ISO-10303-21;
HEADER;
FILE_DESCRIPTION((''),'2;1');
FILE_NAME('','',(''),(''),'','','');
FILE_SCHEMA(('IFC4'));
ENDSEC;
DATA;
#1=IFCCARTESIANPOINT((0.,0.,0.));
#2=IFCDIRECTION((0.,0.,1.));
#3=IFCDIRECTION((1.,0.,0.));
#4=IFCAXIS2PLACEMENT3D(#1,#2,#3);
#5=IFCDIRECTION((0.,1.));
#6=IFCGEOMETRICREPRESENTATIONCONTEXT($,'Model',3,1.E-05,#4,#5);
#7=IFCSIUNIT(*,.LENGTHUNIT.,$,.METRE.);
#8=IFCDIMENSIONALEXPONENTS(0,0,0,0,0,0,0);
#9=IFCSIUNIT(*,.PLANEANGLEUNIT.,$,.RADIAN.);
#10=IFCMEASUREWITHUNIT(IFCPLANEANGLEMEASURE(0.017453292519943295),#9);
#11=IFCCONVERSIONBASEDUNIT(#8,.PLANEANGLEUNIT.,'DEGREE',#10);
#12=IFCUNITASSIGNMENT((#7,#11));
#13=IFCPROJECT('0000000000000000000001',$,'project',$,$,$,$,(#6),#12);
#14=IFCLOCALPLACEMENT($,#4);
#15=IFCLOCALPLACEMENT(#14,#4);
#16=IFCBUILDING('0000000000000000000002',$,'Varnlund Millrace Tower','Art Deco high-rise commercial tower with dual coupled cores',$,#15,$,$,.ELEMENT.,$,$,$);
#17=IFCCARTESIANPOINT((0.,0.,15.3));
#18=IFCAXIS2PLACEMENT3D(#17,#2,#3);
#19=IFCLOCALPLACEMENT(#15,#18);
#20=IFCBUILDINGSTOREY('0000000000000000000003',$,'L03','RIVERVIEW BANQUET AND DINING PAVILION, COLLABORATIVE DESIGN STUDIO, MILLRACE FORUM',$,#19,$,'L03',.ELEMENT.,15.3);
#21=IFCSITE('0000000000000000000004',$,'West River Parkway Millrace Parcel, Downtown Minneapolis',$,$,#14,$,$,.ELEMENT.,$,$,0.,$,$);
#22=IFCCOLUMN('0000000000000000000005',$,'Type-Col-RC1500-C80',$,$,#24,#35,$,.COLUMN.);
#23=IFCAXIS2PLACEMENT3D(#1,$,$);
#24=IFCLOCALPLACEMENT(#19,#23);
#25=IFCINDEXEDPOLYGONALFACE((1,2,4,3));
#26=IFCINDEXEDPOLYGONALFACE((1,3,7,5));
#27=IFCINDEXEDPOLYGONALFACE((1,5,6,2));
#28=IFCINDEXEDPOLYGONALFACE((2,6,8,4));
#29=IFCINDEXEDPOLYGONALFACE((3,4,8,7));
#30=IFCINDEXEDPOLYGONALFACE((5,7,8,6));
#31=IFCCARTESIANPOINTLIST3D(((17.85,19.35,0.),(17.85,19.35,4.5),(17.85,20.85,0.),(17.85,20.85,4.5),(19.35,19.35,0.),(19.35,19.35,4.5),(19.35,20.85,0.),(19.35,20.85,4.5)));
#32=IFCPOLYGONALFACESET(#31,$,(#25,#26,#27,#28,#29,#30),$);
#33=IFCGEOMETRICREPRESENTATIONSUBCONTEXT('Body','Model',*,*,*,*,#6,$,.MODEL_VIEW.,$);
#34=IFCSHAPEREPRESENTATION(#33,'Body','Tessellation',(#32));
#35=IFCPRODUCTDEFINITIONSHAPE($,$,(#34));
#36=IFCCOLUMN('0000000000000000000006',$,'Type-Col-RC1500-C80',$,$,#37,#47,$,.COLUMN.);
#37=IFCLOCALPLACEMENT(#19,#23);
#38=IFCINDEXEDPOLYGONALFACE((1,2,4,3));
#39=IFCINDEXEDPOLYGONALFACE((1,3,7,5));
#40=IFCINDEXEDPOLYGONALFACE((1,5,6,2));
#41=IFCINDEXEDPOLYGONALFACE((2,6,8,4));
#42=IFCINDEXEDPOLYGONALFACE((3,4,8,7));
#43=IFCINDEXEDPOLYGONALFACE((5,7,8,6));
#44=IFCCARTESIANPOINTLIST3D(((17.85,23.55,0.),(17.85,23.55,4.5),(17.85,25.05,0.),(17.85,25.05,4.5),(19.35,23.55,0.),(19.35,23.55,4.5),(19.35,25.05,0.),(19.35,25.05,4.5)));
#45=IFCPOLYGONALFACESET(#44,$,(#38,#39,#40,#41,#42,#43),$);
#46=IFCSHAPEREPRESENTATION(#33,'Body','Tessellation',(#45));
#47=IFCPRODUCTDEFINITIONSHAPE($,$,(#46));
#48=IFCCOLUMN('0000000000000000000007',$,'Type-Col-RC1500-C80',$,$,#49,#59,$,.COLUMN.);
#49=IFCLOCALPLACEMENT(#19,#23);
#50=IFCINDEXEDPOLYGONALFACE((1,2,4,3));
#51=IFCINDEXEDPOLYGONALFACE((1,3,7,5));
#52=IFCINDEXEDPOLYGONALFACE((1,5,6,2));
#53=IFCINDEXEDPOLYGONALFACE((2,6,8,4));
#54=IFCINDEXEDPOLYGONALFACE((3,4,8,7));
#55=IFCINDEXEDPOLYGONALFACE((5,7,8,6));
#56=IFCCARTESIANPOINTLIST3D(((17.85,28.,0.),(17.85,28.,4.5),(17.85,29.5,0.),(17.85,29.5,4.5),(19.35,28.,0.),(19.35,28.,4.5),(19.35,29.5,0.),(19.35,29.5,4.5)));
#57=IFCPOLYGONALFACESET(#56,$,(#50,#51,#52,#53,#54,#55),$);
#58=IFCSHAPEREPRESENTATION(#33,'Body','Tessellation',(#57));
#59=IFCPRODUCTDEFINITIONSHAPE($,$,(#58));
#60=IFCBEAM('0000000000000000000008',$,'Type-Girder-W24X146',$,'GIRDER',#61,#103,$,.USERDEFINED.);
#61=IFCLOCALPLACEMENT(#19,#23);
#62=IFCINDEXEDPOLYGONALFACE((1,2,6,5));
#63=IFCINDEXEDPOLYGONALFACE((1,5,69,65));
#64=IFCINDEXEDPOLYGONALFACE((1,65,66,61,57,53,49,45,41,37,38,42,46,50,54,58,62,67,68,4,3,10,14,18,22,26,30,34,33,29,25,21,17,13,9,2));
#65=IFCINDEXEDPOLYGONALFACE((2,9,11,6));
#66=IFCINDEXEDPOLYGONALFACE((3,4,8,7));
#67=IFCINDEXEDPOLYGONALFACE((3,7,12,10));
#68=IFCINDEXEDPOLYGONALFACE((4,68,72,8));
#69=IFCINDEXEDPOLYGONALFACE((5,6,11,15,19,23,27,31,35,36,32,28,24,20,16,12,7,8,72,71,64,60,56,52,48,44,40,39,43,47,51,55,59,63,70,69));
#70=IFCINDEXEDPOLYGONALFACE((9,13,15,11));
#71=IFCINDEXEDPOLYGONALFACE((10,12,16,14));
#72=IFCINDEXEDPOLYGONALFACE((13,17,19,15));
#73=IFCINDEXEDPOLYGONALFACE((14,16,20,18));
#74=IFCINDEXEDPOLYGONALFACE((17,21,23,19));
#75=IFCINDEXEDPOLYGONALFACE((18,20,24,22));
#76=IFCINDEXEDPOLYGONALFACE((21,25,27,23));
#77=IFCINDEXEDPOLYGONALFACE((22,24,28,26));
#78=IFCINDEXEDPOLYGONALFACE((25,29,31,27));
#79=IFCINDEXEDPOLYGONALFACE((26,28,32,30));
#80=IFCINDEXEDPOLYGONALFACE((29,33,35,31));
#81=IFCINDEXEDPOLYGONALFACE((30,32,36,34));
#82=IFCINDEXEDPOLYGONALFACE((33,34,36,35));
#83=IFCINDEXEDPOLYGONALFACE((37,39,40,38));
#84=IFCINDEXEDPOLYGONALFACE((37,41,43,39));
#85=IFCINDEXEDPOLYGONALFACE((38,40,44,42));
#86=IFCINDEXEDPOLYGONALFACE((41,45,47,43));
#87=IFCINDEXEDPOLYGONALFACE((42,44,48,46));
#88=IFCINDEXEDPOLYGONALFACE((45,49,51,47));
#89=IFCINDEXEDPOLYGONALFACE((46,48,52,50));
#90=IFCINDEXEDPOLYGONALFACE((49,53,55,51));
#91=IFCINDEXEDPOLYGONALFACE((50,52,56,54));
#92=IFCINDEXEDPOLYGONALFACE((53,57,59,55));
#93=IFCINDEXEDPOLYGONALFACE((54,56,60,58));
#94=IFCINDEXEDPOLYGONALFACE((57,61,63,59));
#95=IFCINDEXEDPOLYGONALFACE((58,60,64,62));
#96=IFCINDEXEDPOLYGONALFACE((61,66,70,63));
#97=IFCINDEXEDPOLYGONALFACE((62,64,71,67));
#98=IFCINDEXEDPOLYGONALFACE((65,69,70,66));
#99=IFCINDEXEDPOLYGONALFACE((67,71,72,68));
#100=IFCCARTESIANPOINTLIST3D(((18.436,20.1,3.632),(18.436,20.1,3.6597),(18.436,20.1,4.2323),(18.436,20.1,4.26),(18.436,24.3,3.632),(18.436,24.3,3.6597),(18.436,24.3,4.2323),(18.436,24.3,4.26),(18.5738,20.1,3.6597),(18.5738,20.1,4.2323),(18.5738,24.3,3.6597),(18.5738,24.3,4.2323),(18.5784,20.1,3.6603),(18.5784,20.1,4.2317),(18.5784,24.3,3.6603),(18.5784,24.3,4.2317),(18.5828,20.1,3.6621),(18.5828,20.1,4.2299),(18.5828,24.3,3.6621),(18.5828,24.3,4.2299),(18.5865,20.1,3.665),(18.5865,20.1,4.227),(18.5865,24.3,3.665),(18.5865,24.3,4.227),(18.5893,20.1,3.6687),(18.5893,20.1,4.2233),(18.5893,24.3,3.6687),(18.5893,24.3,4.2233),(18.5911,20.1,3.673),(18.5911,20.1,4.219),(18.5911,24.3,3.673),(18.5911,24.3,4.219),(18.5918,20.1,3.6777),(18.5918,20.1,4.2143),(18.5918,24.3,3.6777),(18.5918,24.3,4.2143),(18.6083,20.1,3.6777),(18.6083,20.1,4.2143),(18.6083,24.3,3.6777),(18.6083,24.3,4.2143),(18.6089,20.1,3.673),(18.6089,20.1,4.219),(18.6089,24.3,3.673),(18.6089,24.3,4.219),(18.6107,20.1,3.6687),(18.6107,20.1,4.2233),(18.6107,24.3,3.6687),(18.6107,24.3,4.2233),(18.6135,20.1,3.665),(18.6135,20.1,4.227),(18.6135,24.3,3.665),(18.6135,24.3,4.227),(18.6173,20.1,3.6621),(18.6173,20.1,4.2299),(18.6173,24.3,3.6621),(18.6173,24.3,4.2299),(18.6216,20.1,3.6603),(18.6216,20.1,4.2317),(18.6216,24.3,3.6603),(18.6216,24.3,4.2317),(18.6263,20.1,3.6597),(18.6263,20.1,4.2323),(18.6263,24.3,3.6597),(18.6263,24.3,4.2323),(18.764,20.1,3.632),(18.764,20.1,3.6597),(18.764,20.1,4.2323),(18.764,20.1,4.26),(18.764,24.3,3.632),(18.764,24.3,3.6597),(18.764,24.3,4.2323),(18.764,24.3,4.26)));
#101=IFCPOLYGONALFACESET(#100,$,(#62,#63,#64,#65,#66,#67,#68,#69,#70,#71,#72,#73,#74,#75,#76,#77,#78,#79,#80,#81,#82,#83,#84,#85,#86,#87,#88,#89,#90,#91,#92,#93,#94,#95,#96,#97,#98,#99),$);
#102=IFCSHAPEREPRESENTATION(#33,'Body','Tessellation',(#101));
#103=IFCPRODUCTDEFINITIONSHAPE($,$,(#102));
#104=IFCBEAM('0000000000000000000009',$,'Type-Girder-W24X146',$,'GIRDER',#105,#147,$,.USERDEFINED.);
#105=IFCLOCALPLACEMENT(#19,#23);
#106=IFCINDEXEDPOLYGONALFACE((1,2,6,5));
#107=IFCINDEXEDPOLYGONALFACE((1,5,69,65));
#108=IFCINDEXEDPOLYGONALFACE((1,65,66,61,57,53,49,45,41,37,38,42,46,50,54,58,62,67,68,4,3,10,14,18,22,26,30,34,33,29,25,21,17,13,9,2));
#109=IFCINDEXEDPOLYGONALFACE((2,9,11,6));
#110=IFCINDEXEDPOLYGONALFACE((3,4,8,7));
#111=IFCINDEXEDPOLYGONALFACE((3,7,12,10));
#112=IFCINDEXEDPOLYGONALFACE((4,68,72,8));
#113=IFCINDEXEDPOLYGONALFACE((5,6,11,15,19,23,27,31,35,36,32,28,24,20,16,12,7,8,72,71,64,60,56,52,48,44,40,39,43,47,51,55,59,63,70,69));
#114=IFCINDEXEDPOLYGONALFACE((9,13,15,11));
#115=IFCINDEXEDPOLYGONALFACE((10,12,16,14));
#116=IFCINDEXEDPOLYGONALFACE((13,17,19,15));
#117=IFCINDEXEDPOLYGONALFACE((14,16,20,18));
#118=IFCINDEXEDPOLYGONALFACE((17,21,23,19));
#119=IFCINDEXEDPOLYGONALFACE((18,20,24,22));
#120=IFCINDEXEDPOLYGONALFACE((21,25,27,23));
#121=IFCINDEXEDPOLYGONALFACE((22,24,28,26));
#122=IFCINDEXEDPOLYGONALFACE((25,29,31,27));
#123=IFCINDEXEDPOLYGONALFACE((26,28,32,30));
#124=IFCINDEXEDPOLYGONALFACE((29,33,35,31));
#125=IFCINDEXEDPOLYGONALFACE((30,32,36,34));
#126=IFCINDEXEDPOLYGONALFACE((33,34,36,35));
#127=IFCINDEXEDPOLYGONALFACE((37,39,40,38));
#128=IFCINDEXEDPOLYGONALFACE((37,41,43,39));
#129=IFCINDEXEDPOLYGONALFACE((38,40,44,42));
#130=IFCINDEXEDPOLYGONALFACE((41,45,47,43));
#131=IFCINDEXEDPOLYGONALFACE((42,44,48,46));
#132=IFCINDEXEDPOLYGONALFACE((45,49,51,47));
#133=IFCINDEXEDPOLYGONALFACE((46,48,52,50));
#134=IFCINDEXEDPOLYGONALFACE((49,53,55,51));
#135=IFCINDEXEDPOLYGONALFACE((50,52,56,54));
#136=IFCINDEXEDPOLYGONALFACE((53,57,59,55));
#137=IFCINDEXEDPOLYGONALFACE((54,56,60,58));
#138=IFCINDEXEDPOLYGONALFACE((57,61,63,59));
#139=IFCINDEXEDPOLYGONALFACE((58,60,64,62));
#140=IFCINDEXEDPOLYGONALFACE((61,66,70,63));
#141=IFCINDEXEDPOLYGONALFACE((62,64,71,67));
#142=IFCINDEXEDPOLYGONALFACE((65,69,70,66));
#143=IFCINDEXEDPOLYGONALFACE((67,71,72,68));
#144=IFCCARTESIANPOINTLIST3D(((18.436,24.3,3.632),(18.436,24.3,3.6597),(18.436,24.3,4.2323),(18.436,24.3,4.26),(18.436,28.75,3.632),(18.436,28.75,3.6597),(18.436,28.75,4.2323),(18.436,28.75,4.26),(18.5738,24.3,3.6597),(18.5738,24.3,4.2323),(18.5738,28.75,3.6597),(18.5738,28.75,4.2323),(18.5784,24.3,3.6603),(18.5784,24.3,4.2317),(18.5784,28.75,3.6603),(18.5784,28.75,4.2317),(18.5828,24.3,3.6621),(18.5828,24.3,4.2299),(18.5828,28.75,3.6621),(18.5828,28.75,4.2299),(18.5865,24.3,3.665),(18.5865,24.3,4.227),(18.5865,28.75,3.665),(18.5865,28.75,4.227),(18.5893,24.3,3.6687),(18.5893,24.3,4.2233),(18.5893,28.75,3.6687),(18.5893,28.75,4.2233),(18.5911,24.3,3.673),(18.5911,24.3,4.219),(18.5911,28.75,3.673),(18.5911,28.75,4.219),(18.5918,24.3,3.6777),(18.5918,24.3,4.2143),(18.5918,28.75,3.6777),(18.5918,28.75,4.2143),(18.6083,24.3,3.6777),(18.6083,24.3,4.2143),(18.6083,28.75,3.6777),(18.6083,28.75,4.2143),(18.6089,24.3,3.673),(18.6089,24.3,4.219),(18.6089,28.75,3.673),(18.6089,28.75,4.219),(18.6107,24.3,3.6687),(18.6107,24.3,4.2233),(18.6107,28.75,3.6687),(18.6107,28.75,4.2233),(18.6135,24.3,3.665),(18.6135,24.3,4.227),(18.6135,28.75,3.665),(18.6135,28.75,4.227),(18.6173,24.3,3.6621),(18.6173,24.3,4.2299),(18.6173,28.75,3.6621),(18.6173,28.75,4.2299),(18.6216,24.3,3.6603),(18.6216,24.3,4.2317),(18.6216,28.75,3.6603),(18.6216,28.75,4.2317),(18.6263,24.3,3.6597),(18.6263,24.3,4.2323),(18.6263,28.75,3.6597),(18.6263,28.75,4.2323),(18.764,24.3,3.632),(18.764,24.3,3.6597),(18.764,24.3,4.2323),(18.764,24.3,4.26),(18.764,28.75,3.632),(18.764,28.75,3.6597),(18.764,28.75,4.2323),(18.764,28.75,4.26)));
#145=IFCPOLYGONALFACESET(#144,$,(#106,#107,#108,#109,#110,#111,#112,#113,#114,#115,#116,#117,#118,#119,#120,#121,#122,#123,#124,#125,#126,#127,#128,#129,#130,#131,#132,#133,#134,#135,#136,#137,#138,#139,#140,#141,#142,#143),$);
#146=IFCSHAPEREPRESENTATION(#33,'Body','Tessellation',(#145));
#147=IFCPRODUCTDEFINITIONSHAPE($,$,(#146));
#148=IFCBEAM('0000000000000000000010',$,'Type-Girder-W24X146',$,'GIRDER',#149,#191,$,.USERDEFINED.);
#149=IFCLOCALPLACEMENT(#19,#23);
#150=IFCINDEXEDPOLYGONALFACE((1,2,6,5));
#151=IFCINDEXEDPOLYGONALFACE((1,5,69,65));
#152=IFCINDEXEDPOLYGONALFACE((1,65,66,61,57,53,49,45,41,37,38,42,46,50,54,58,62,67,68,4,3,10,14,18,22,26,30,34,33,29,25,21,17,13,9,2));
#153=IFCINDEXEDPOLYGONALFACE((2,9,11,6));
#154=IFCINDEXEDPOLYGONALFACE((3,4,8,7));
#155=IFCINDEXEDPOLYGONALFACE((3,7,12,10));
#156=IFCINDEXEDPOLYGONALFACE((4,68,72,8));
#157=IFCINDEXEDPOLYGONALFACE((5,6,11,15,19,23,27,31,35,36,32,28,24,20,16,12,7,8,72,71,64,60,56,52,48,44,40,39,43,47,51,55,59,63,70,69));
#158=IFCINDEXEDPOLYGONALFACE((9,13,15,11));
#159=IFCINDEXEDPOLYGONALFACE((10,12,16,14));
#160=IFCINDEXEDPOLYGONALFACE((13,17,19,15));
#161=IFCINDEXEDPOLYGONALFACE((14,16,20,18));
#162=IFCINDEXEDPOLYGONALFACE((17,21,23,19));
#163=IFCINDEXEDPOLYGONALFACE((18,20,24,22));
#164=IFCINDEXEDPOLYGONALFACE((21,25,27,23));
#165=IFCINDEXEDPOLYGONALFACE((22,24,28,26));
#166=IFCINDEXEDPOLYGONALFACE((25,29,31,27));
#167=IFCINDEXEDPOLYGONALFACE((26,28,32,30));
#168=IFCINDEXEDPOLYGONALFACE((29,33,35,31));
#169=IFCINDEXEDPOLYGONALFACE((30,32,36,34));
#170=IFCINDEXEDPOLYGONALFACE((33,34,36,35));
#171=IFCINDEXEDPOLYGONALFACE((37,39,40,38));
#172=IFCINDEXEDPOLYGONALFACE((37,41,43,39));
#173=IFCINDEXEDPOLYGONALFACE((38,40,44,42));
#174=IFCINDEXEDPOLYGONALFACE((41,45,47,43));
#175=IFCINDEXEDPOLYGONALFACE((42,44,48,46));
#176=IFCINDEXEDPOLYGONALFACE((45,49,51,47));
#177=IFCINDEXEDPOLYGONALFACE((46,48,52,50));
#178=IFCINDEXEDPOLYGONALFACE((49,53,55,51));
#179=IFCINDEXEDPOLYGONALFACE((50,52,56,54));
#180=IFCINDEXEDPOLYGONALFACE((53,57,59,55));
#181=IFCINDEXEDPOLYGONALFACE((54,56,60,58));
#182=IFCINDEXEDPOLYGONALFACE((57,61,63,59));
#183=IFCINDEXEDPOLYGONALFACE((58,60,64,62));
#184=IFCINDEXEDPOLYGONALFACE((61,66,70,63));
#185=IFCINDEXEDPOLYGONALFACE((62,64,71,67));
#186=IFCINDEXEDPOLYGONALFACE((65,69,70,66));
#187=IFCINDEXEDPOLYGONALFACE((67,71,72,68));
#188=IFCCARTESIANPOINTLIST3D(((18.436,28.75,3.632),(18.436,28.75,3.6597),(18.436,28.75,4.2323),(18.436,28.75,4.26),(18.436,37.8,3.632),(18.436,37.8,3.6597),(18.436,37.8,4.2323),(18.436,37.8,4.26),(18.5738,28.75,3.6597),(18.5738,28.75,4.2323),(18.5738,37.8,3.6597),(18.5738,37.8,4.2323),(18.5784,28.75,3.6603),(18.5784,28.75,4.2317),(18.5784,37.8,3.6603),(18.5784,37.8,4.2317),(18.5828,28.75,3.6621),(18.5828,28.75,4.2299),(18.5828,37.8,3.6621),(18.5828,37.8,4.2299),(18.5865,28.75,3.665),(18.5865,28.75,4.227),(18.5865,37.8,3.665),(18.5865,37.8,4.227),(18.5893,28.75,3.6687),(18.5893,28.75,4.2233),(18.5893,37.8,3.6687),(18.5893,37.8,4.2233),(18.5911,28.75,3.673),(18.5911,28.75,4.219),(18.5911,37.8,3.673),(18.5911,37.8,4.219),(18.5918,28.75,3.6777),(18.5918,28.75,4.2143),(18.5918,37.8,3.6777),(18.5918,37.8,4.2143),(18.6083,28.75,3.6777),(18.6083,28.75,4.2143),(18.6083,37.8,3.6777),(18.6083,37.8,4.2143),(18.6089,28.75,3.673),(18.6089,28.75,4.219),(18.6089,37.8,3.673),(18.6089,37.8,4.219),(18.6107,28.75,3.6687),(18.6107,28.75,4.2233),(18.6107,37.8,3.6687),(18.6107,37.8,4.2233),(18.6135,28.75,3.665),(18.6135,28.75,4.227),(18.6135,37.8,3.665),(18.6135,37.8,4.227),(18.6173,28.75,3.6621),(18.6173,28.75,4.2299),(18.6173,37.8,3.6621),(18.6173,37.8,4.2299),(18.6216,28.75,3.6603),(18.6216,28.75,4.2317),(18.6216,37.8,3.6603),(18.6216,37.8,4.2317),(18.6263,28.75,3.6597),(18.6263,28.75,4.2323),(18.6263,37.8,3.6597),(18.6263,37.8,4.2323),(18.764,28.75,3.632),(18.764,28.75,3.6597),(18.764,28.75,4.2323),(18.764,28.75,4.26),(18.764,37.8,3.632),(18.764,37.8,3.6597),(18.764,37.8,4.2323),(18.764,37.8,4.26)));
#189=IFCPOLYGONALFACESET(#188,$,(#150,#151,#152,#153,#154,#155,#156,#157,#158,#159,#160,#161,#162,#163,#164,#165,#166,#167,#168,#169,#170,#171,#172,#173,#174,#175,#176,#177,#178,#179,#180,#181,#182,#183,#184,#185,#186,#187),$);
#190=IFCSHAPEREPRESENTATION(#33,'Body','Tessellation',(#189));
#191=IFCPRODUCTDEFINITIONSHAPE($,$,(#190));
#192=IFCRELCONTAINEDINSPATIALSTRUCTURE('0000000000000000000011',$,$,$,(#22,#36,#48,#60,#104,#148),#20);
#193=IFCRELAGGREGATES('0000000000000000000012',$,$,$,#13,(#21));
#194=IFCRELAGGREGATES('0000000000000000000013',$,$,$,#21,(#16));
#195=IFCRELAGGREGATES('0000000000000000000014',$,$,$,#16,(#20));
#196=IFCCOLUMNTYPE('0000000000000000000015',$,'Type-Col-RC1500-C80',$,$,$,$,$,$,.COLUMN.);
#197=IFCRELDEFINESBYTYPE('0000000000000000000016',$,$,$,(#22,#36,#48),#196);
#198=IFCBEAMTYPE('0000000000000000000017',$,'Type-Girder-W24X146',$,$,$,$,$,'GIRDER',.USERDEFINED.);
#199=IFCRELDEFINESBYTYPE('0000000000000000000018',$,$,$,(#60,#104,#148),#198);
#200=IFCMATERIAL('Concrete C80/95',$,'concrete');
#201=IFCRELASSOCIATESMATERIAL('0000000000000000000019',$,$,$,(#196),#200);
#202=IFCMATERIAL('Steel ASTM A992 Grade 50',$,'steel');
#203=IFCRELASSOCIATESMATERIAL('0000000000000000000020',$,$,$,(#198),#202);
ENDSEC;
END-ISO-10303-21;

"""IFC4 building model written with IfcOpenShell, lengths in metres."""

from ifc_helpers import new_model, entity, si_unit, converted_unit, direction, frame, origin_with_axes, origin_2d_with_axis, place, context, subcontext, project, spatial, rectangle, i_section, extrude, material, material_profile, profile_set, type_object, element, save


model = new_model("IFC4")

# Units and contexts
model_context = context("Model", 3, precision=1e-05, world=origin_with_axes(), true_north=direction((0.0, 1.0)))
body_context = subcontext(model_context, "Body", "Model", "MODEL_VIEW")
ifc_project = project(units=[si_unit("LENGTHUNIT", "METRE"), converted_unit("PLANEANGLEUNIT", "DEGREE", entity("IfcPlaneAngleMeasure", 0.017453292519943295), si_unit("PLANEANGLEUNIT", "RADIAN"), dimensions=[0, 0, 0, 0, 0, 0, 0])], contexts=[model_context])

# Site, building, storey
site_placement = place(None, origin_with_axes())
site = spatial("IfcSite", under=ifc_project, at=site_placement, Name="West River Parkway Millrace Parcel, Downtown Minneapolis", CompositionType="ELEMENT", RefElevation=0.0)
building_placement = place(site_placement, origin_with_axes())
building = spatial("IfcBuilding", under=site, at=building_placement, Name="Varnlund Millrace Tower", Description="Art Deco high-rise commercial tower with dual coupled cores", CompositionType="ELEMENT")
storey_placement = place(building_placement, frame((0.0, 0.0, 15.3), z_axis=(0.0, 0.0, 1.0), x_axis=(1.0, 0.0, 0.0)))
storey = spatial("IfcBuildingStorey", under=building, at=storey_placement, Name="L03", Description="RIVERVIEW BANQUET AND DINING PAVILION, COLLABORATIVE DESIGN STUDIO, MILLRACE FORUM", LongName="L03", CompositionType="ELEMENT", Elevation=15.3)

# Columns
ifc_material_1 = material(Name="Concrete C80/95", Category="concrete")
ifc_material_profile_1 = material_profile(ifc_material_1, rectangle(XDim=1.5, YDim=1.5, at=origin_2d_with_axis()), Name="Concrete C80/95")
ifc_profile_set_1 = profile_set([ifc_material_profile_1], Name="Concrete C80/95")
column_type = type_object("IfcColumnType", Name="Type-Col-RC1500-C80", PredefinedType="COLUMN", material=ifc_profile_set_1)
for number, where, z_axis, x_axis, name in (
    (1, (18.6, 20.1, 0.0), (0.0, 0.0, 1.0), (1.0, 0.0, 0.0), "Type-Col-RC1500-C80"),
    (2, (18.6, 24.3, 0.0), (0.0, 0.0, 1.0), (1.0, 0.0, 0.0), "Type-Col-RC1500-C80"),
    (3, (18.6, 28.75, 0.0), (0.0, 0.0, 1.0), (1.0, 0.0, 0.0), "Type-Col-RC1500-C80"),
):
    element("IfcColumn", number, at=place(storey_placement, frame(where, z_axis=z_axis, x_axis=x_axis)), inside=storey, type_object=column_type, Name=name, PredefinedType="COLUMN", context=body_context, shape_type="SweptSolid", body=[
        extrude(rectangle(XDim=1.5, YDim=1.5, at=origin_2d_with_axis()), origin_with_axes(), (0.0, 0.0, 1.0), 4.5),
    ])

# Beams
ifc_material_2 = material(Name="Steel ASTM A992 Grade 50", Category="steel")
ifc_material_profile_2 = material_profile(ifc_material_2, i_section(OverallWidth=0.328, OverallDepth=0.628, WebThickness=0.0165, FlangeThickness=0.0277, FilletRadius=0.018, at=origin_2d_with_axis()), Name="Steel ASTM A992 Grade 50")
ifc_profile_set_2 = profile_set([ifc_material_profile_2], Name="Steel ASTM A992 Grade 50")
beam_type_1 = type_object("IfcBeamType", Name="Type-Girder-W24X146", ElementType="GIRDER", PredefinedType="USERDEFINED", material=ifc_profile_set_2)
beam_1_placement = place(storey_placement, frame((18.6, 20.1, 3.946), z_axis=(0.0, 1.0, 0.0), x_axis=(-1.0, 0.0, 0.0)))
element("IfcBeam", 4, at=beam_1_placement, inside=storey, type_object=beam_type_1, Name="Type-Girder-W24X146", ObjectType="GIRDER", PredefinedType="USERDEFINED", context=body_context, shape_type="SweptSolid", body=[
    extrude(i_section(OverallWidth=0.328, OverallDepth=0.628, WebThickness=0.0165, FlangeThickness=0.0277, FilletRadius=0.018, at=origin_2d_with_axis()), origin_with_axes(), (0.0, 0.0, 1.0), 4.2),
])
beam_2_placement = place(storey_placement, frame((18.6, 24.3, 3.946), z_axis=(0.0, 1.0, 0.0), x_axis=(-1.0, 0.0, 0.0)))
element("IfcBeam", 5, at=beam_2_placement, inside=storey, type_object=beam_type_1, Name="Type-Girder-W24X146", ObjectType="GIRDER", PredefinedType="USERDEFINED", context=body_context, shape_type="SweptSolid", body=[
    extrude(i_section(OverallWidth=0.328, OverallDepth=0.628, WebThickness=0.0165, FlangeThickness=0.0277, FilletRadius=0.018, at=origin_2d_with_axis()), origin_with_axes(), (0.0, 0.0, 1.0), 4.45),
])
beam_3_placement = place(storey_placement, frame((18.6, 28.75, 3.946), z_axis=(0.0, 1.0, 0.0), x_axis=(-1.0, 0.0, 0.0)))
element("IfcBeam", 6, at=beam_3_placement, inside=storey, type_object=beam_type_1, Name="Type-Girder-W24X146", ObjectType="GIRDER", PredefinedType="USERDEFINED", context=body_context, shape_type="SweptSolid", body=[
    extrude(i_section(OverallWidth=0.328, OverallDepth=0.628, WebThickness=0.0165, FlangeThickness=0.0277, FilletRadius=0.018, at=origin_2d_with_axis()), origin_with_axes(), (0.0, 0.0, 1.0), 9.05),
])

save(model, "model.ifc")
